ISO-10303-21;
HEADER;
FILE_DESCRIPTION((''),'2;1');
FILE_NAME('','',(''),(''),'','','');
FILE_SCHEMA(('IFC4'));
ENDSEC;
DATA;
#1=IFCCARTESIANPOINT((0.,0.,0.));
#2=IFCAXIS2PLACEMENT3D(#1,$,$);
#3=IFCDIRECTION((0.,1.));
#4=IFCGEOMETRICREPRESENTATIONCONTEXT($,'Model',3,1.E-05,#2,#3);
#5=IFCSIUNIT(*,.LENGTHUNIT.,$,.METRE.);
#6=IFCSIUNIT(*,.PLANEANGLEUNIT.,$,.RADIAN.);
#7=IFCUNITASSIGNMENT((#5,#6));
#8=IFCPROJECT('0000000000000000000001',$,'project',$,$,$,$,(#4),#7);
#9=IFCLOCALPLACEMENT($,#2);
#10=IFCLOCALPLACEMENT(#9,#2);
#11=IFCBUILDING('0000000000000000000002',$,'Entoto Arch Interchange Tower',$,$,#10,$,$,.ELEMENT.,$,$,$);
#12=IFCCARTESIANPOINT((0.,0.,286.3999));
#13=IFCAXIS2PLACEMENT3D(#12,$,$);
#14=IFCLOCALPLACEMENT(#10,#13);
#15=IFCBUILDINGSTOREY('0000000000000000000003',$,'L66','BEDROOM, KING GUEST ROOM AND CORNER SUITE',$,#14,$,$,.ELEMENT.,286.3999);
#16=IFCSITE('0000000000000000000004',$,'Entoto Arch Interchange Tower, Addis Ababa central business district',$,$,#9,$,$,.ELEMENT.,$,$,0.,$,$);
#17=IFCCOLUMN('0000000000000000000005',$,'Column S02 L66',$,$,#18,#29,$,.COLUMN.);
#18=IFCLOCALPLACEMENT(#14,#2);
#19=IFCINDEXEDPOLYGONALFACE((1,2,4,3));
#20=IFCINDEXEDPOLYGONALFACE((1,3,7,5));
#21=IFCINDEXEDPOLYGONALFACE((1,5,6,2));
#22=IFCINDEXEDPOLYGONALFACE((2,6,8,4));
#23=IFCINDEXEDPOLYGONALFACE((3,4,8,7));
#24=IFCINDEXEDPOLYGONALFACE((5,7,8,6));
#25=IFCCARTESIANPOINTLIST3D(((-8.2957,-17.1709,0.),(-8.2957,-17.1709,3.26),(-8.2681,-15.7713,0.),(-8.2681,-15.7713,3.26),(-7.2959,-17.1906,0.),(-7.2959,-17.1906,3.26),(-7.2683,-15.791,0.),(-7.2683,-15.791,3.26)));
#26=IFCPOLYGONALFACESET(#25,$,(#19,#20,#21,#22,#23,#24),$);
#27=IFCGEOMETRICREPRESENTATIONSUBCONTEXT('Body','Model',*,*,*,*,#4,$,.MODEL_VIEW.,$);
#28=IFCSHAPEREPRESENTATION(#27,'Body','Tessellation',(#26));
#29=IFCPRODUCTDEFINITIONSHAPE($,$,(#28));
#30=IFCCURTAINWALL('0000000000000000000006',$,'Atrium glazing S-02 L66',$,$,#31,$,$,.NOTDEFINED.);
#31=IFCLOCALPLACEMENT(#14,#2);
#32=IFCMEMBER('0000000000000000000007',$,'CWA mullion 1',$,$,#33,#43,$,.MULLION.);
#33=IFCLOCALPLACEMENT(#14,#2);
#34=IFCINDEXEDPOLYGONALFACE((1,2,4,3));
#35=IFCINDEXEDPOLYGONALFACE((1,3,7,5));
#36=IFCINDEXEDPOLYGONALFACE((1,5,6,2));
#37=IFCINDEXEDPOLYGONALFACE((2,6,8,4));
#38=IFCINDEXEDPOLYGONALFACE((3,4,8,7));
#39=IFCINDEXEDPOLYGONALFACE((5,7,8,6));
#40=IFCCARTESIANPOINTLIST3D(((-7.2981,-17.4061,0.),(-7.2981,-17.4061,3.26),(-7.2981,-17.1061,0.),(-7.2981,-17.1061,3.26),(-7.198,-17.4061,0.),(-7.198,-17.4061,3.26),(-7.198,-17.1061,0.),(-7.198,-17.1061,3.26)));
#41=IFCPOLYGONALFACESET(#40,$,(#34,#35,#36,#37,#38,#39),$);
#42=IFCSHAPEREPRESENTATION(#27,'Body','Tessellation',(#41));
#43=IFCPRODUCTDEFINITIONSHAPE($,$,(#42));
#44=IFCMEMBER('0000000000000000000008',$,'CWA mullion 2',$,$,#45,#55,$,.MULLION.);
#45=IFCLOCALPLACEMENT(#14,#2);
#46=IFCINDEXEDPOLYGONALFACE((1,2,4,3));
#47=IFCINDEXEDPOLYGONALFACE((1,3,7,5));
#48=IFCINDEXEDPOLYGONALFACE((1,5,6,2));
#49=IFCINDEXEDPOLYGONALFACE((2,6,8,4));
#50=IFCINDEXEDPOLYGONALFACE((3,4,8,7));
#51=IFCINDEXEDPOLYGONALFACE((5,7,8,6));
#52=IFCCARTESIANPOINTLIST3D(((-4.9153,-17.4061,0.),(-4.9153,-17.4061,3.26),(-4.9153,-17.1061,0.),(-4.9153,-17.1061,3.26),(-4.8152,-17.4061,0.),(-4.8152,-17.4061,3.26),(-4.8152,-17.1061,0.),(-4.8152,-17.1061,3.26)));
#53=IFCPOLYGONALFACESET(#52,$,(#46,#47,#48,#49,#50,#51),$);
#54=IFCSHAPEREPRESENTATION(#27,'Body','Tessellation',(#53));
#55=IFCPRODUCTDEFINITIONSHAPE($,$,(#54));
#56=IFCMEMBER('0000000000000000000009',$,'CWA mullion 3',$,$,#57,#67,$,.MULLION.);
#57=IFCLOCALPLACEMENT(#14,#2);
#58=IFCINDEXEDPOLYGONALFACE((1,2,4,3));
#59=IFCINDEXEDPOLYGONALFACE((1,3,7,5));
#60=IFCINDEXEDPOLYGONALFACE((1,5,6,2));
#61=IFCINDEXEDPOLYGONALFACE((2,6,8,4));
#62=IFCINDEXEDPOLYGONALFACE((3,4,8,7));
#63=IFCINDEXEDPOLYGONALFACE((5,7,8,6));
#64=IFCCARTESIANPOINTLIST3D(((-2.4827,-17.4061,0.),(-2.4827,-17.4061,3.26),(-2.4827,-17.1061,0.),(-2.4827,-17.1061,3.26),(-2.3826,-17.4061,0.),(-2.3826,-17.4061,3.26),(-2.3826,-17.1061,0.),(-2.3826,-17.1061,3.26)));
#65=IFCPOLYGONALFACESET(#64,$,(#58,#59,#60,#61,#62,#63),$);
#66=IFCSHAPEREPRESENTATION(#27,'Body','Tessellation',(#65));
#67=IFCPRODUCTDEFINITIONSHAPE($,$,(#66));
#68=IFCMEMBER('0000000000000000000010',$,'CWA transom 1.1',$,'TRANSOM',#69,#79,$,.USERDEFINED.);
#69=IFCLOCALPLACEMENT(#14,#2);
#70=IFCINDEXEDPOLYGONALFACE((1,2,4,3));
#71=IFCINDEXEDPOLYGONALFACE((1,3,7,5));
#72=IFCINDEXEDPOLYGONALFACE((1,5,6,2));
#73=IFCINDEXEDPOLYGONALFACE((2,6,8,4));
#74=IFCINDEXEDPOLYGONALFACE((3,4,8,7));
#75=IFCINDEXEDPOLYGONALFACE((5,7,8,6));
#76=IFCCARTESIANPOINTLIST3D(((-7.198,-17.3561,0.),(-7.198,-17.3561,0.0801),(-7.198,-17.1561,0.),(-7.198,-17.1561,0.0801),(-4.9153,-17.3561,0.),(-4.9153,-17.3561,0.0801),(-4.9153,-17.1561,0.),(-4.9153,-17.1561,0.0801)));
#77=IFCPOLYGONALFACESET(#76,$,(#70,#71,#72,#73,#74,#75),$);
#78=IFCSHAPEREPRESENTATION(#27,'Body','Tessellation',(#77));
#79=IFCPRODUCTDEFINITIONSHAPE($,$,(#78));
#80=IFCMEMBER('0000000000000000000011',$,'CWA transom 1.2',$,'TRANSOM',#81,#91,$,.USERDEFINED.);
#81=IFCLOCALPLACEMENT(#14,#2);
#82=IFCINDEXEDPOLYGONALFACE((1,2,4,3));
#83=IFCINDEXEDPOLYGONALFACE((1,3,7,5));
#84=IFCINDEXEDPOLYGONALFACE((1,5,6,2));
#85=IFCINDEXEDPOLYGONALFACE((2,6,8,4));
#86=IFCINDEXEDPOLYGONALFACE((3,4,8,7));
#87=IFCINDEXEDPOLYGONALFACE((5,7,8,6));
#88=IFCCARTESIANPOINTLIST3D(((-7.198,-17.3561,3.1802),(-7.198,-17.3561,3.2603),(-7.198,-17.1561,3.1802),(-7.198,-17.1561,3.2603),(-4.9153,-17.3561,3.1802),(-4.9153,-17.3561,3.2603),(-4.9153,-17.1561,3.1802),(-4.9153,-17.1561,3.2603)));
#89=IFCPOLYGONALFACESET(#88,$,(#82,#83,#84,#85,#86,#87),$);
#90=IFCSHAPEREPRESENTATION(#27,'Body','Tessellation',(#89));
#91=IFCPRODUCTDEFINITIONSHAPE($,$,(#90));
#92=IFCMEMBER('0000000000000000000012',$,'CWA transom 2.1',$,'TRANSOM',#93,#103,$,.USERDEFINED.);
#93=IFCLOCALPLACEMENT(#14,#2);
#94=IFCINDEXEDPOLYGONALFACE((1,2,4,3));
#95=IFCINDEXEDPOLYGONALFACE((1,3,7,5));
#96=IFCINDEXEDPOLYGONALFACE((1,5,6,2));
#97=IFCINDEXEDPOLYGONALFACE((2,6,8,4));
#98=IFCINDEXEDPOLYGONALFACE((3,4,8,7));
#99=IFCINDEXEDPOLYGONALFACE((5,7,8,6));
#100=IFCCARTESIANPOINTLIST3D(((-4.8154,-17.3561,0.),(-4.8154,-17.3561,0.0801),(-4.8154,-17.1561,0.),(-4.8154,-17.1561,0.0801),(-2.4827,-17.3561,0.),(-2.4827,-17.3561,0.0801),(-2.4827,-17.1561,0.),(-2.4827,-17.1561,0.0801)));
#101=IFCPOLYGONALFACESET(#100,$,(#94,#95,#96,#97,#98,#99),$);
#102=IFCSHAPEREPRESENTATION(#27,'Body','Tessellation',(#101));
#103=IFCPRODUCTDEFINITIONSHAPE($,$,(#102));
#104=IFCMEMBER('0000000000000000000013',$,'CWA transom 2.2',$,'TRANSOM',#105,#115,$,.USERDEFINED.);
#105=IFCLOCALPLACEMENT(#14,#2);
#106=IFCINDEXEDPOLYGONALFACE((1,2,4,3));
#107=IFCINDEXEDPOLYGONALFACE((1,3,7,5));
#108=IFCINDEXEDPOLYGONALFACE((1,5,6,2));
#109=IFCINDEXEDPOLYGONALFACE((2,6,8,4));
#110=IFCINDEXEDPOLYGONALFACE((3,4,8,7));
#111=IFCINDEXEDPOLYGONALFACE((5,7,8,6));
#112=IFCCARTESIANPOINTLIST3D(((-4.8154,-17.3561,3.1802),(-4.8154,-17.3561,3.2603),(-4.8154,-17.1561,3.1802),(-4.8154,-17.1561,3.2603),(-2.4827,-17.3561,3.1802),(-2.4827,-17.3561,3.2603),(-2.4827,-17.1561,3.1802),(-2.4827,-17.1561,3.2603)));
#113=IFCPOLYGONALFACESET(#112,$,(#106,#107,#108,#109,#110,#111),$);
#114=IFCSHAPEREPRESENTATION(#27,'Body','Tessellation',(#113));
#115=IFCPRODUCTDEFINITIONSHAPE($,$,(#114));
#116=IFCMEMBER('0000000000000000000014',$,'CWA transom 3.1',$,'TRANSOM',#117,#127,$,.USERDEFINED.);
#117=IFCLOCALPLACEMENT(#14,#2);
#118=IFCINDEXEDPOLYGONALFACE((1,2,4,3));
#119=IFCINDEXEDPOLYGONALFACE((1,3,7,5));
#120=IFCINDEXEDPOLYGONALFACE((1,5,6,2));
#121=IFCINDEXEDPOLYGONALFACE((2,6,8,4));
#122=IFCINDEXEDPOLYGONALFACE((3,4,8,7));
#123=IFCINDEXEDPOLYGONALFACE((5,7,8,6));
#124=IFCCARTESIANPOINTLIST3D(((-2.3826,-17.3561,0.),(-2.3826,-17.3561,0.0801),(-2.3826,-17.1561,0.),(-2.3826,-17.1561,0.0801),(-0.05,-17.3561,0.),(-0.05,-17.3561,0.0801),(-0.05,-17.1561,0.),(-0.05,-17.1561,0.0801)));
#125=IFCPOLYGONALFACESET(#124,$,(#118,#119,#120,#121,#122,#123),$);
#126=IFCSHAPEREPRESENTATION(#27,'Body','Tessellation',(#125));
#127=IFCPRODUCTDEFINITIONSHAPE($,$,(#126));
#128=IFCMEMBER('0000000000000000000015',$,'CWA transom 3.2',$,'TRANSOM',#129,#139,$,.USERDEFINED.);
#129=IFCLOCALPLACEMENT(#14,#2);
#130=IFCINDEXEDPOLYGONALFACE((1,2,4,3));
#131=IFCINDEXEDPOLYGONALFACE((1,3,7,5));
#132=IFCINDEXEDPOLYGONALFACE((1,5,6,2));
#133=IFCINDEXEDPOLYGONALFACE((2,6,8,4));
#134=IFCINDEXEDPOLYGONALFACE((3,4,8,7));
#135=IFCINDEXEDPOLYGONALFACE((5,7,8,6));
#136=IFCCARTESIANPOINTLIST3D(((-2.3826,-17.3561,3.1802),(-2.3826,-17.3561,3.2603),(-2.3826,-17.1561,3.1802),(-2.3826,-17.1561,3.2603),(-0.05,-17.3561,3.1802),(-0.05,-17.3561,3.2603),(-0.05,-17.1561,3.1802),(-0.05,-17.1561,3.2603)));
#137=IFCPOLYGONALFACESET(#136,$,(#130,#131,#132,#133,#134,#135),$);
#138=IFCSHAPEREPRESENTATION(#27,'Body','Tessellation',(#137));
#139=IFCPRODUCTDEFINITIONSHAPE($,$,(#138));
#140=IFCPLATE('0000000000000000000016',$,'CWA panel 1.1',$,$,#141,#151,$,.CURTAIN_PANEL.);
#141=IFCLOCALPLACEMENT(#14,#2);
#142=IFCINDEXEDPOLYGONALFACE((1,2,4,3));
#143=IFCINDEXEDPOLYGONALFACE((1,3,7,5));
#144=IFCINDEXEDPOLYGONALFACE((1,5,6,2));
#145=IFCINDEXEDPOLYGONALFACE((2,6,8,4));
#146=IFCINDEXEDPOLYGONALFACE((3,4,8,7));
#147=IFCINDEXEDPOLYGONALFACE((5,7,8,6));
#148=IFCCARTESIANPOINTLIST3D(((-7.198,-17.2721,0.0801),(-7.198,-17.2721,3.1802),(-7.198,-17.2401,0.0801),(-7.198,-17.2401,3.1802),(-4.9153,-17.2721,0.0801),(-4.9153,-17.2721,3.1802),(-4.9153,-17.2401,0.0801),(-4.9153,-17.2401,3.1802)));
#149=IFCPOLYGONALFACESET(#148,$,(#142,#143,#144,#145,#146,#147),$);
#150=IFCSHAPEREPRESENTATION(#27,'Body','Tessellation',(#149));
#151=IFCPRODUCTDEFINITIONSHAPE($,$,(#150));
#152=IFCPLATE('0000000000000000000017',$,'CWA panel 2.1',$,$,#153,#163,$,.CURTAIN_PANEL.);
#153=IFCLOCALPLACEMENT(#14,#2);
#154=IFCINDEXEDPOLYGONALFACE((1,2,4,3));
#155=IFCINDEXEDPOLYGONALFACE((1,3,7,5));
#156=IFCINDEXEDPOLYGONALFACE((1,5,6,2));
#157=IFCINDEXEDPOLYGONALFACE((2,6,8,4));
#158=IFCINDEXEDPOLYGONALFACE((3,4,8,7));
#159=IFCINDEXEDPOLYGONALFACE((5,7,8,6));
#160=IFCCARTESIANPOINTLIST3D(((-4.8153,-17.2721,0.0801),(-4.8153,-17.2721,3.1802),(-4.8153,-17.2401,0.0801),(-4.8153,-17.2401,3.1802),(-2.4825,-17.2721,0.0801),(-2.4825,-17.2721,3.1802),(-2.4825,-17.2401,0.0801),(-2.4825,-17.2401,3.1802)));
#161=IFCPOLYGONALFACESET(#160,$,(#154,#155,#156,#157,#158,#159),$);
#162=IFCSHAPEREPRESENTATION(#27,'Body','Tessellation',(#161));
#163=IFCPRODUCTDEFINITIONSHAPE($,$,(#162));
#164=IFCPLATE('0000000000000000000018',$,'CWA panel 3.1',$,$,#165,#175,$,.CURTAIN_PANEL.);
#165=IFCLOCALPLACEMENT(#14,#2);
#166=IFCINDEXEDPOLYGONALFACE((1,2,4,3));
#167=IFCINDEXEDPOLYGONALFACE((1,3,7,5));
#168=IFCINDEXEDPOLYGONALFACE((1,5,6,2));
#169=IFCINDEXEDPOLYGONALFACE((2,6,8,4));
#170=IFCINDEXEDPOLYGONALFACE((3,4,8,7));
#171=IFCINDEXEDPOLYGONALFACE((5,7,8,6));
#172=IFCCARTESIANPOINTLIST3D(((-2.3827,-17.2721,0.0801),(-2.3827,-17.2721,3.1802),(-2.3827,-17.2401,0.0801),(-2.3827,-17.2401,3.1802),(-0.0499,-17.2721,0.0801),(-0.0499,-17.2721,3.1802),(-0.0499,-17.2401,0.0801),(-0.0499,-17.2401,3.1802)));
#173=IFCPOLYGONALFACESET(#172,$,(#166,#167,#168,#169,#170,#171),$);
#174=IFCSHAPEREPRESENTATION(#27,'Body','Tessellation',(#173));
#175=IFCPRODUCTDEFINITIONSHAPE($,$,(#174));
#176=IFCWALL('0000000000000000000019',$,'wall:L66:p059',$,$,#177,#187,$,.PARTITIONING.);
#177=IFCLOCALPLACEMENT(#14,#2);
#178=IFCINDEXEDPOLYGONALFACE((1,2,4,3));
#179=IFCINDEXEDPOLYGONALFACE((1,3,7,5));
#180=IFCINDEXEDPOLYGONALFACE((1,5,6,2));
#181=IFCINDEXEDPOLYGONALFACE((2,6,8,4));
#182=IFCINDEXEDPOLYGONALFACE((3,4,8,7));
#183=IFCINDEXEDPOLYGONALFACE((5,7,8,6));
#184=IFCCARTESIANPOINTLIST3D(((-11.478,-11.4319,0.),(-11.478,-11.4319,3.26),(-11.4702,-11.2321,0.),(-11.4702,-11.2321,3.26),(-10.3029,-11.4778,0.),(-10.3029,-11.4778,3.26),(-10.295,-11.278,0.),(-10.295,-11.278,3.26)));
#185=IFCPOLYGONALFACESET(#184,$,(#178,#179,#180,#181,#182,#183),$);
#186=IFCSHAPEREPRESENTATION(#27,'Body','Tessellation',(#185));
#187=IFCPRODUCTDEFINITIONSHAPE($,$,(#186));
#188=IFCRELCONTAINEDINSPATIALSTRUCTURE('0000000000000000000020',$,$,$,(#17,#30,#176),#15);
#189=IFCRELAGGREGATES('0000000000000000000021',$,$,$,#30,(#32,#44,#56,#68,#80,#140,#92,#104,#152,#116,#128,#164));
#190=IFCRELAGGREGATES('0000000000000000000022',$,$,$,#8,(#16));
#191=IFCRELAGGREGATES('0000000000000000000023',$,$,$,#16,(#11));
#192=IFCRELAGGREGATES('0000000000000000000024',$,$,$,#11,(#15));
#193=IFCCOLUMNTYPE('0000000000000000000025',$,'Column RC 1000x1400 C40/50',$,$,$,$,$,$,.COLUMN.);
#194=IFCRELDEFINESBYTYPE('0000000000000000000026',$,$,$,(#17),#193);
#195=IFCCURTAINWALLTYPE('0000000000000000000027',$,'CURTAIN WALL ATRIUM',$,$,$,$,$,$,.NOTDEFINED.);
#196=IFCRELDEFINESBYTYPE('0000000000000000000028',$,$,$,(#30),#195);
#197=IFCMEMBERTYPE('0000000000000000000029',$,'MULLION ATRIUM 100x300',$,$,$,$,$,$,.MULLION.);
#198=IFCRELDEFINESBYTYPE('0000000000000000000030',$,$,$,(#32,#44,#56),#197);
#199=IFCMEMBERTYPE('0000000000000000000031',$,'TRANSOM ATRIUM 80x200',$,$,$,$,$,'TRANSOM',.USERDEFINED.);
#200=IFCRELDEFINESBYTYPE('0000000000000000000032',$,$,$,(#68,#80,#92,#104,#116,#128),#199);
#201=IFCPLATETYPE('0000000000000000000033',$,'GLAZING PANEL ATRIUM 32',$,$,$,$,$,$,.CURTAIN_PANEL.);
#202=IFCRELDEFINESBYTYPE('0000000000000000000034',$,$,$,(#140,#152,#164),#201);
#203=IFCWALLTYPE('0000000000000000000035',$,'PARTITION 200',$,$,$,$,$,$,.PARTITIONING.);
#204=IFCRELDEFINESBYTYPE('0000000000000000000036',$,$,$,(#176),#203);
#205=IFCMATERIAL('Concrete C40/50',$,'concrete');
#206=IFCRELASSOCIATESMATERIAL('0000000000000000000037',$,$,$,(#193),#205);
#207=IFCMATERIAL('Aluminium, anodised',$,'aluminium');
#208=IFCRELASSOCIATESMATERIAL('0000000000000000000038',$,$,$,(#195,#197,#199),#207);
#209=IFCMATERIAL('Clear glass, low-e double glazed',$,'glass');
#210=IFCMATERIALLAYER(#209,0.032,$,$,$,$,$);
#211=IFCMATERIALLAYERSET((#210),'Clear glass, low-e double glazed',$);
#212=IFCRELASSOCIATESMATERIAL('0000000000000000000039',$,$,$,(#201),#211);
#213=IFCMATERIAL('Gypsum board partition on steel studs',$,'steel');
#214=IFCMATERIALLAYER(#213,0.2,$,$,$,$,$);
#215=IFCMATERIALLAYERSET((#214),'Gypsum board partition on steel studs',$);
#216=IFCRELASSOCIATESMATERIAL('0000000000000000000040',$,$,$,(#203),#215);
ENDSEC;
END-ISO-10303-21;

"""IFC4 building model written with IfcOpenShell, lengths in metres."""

from ifc_helpers import new_model, si_unit, direction, frame, frame_2d, origin, origin_2d, place, context, subcontext, project, spatial, rectangle, extrude, material, layer, layer_set, material_profile, profile_set, type_object, element, aggregate, save


model = new_model("IFC4")

# Units and contexts
model_context = context("Model", 3, precision=1e-05, world=origin(), true_north=direction((0.0, 1.0)))
body_context = subcontext(model_context, "Body", "Model", "MODEL_VIEW")
ifc_project = project(units=[si_unit("LENGTHUNIT", "METRE"), si_unit("PLANEANGLEUNIT", "RADIAN")], contexts=[model_context])

# Site, building, storey
site_placement = place(None, origin())
site = spatial("IfcSite", under=ifc_project, at=site_placement, Name="Entoto Arch Interchange Tower, Addis Ababa central business district", CompositionType="ELEMENT", RefElevation=0.0)
building_placement = place(site_placement, origin())
building = spatial("IfcBuilding", under=site, at=building_placement, Name="Entoto Arch Interchange Tower", CompositionType="ELEMENT")
storey_placement = place(building_placement, frame((0.0, 0.0, 286.3999)))
storey = spatial("IfcBuildingStorey", under=building, at=storey_placement, Name="L66", Description="BEDROOM, KING GUEST ROOM AND CORNER SUITE", CompositionType="ELEMENT", Elevation=286.3999)

# Column
ifc_material_1 = material(Name="Concrete C40/50", Category="concrete")
ifc_material_profile_1 = material_profile(ifc_material_1, rectangle(XDim=1.0, YDim=1.3999, at=origin_2d()))
ifc_profile_set_1 = profile_set([ifc_material_profile_1], Name="Concrete C40/50")
column_type = type_object("IfcColumnType", Name="Column RC 1000x1400 C40/50", PredefinedType="COLUMN", material=ifc_profile_set_1)
column_placement = place(storey_placement, frame((-7.782, -16.481, 0.0), z_axis=(0.0, 0.0, 1.0), x_axis=(-0.999806, 0.019721, 0.0)))
element("IfcColumn", 1, at=column_placement, inside=storey, type_object=column_type, Name="Column S02 L66", PredefinedType="COLUMN", context=body_context, shape_type="SweptSolid", body=[
    extrude(rectangle(XDim=1.0, YDim=1.3999, at=origin_2d()), origin(), (0.0, 0.0, 1.0), 3.26),
])

# Curtain wall, members, plates
ifc_material_2 = material(Name="Aluminium, anodised", Category="aluminium")
curtain_wall_type = type_object("IfcCurtainWallType", Name="CURTAIN WALL ATRIUM", PredefinedType="NOTDEFINED", material=ifc_material_2)
curtain_wall_placement = place(storey_placement, origin())
curtain_wall = element("IfcCurtainWall", 2, at=curtain_wall_placement, inside=storey, type_object=curtain_wall_type, Name="Atrium glazing S-02 L66", PredefinedType="NOTDEFINED")
ifc_material_profile_2 = material_profile(ifc_material_2, rectangle(XDim=0.3, YDim=0.1001, at=origin_2d()))
ifc_profile_set_2 = profile_set([ifc_material_profile_2], Name="Aluminium, anodised")
member_type_1 = type_object("IfcMemberType", Name="MULLION ATRIUM 100x300", PredefinedType="MULLION", material=ifc_profile_set_2)
member_1_placement = place(storey_placement, frame((-7.248, -17.2561, 0.0), z_axis=(0.0, 0.0, 1.0), x_axis=(0.0, 1.0, 0.0)))
member_1 = element("IfcMember", 3, at=member_1_placement, type_object=member_type_1, Name="CWA mullion 1", PredefinedType="MULLION", context=body_context, shape_type="SweptSolid", body=[
    extrude(rectangle(XDim=0.3, YDim=0.1001, at=origin_2d()), origin(), (0.0, 0.0, 1.0), 3.26),
])
member_2_placement = place(storey_placement, frame((-4.8652, -17.2561, 0.0), z_axis=(0.0, 0.0, 1.0), x_axis=(0.0, 1.0, 0.0)))
member_2 = element("IfcMember", 4, at=member_2_placement, type_object=member_type_1, Name="CWA mullion 2", PredefinedType="MULLION", context=body_context, shape_type="SweptSolid", body=[
    extrude(rectangle(XDim=0.3, YDim=0.1001, at=origin_2d()), origin(), (0.0, 0.0, 1.0), 3.26),
])
member_3_placement = place(storey_placement, frame((-2.4326, -17.2561, 0.0), z_axis=(0.0, 0.0, 1.0), x_axis=(0.0, 1.0, 0.0)))
member_3 = element("IfcMember", 5, at=member_3_placement, type_object=member_type_1, Name="CWA mullion 3", PredefinedType="MULLION", context=body_context, shape_type="SweptSolid", body=[
    extrude(rectangle(XDim=0.3, YDim=0.1001, at=origin_2d()), origin(), (0.0, 0.0, 1.0), 3.26),
])
ifc_material_profile_3 = material_profile(ifc_material_2, rectangle(XDim=0.2, YDim=0.0801, at=origin_2d()))
ifc_profile_set_3 = profile_set([ifc_material_profile_3], Name="Aluminium, anodised")
member_type_2 = type_object("IfcMemberType", Name="TRANSOM ATRIUM 80x200", ElementType="TRANSOM", PredefinedType="USERDEFINED", material=ifc_profile_set_3)
member_4_placement = place(storey_placement, frame((-7.198, -17.2561, 0.04), z_axis=(1.0, 0.0, 0.0), x_axis=(0.0, 1.0, 0.0)))
member_4 = element("IfcMember", 6, at=member_4_placement, type_object=member_type_2, Name="CWA transom 1.1", ObjectType="TRANSOM", PredefinedType="USERDEFINED", context=body_context, shape_type="SweptSolid", body=[
    extrude(rectangle(XDim=0.2, YDim=0.0801, at=origin_2d()), origin(), (0.0, 0.0, 1.0), 2.2827),
])
member_5_placement = place(storey_placement, frame((-7.198, -17.2561, 3.2202), z_axis=(1.0, 0.0, 0.0), x_axis=(0.0, 1.0, 0.0)))
member_5 = element("IfcMember", 7, at=member_5_placement, type_object=member_type_2, Name="CWA transom 1.2", ObjectType="TRANSOM", PredefinedType="USERDEFINED", context=body_context, shape_type="SweptSolid", body=[
    extrude(rectangle(XDim=0.2, YDim=0.0801, at=origin_2d()), origin(), (0.0, 0.0, 1.0), 2.2827),
])
member_6_placement = place(storey_placement, frame((-4.8154, -17.2561, 0.04), z_axis=(1.0, 0.0, 0.0), x_axis=(0.0, 1.0, 0.0)))
member_6 = element("IfcMember", 8, at=member_6_placement, type_object=member_type_2, Name="CWA transom 2.1", ObjectType="TRANSOM", PredefinedType="USERDEFINED", context=body_context, shape_type="SweptSolid", body=[
    extrude(rectangle(XDim=0.2, YDim=0.0801, at=origin_2d()), origin(), (0.0, 0.0, 1.0), 2.3328),
])
member_7_placement = place(storey_placement, frame((-4.8154, -17.2561, 3.2202), z_axis=(1.0, 0.0, 0.0), x_axis=(0.0, 1.0, 0.0)))
member_7 = element("IfcMember", 9, at=member_7_placement, type_object=member_type_2, Name="CWA transom 2.2", ObjectType="TRANSOM", PredefinedType="USERDEFINED", context=body_context, shape_type="SweptSolid", body=[
    extrude(rectangle(XDim=0.2, YDim=0.0801, at=origin_2d()), origin(), (0.0, 0.0, 1.0), 2.3328),
])
member_8_placement = place(storey_placement, frame((-2.3826, -17.2561, 0.04), z_axis=(1.0, 0.0, 0.0), x_axis=(0.0, 1.0, 0.0)))
member_8 = element("IfcMember", 10, at=member_8_placement, type_object=member_type_2, Name="CWA transom 3.1", ObjectType="TRANSOM", PredefinedType="USERDEFINED", context=body_context, shape_type="SweptSolid", body=[
    extrude(rectangle(XDim=0.2, YDim=0.0801, at=origin_2d()), origin(), (0.0, 0.0, 1.0), 2.3325),
])
member_9_placement = place(storey_placement, frame((-2.3826, -17.2561, 3.2202), z_axis=(1.0, 0.0, 0.0), x_axis=(0.0, 1.0, 0.0)))
member_9 = element("IfcMember", 11, at=member_9_placement, type_object=member_type_2, Name="CWA transom 3.2", ObjectType="TRANSOM", PredefinedType="USERDEFINED", context=body_context, shape_type="SweptSolid", body=[
    extrude(rectangle(XDim=0.2, YDim=0.0801, at=origin_2d()), origin(), (0.0, 0.0, 1.0), 2.3325),
])
ifc_material_3 = material(Name="Clear glass, low-e double glazed", Category="glass")
ifc_layer_1 = layer(ifc_material_3, 0.032)
ifc_layer_set_1 = layer_set([ifc_layer_1], Name="Clear glass, low-e double glazed")
plate_type = type_object("IfcPlateType", Name="GLAZING PANEL ATRIUM 32", PredefinedType="CURTAIN_PANEL", material=ifc_layer_set_1)
plate_1_placement = place(storey_placement, frame((-6.0566, -17.2561, 0.0801), z_axis=(0.0, 0.0, 1.0), x_axis=(1.0, 0.0, 0.0)))
plate_1 = element("IfcPlate", 12, at=plate_1_placement, type_object=plate_type, Name="CWA panel 1.1", PredefinedType="CURTAIN_PANEL", context=body_context, shape_type="SweptSolid", body=[
    extrude(rectangle(XDim=2.2827, YDim=0.032, at=origin_2d()), origin(), (0.0, 0.0, 1.0), 3.1001),
])
plate_2_placement = place(storey_placement, frame((-3.6489, -17.2561, 0.0801), z_axis=(0.0, 0.0, 1.0), x_axis=(1.0, 0.0, 0.0)))
plate_2 = element("IfcPlate", 13, at=plate_2_placement, type_object=plate_type, Name="CWA panel 2.1", PredefinedType="CURTAIN_PANEL", context=body_context, shape_type="SweptSolid", body=[
    extrude(rectangle(XDim=2.3328, YDim=0.032, at=origin_2d()), origin(), (0.0, 0.0, 1.0), 3.1001),
])
plate_3_placement = place(storey_placement, frame((-1.2163, -17.2561, 0.0801), z_axis=(0.0, 0.0, 1.0), x_axis=(1.0, 0.0, 0.0)))
plate_3 = element("IfcPlate", 14, at=plate_3_placement, type_object=plate_type, Name="CWA panel 3.1", PredefinedType="CURTAIN_PANEL", context=body_context, shape_type="SweptSolid", body=[
    extrude(rectangle(XDim=2.3328, YDim=0.032, at=origin_2d()), origin(), (0.0, 0.0, 1.0), 3.1001),
])
aggregate(curtain_wall, [member_1, member_2, member_3, member_4, member_5, plate_1, member_6, member_7, plate_2, member_8, member_9, plate_3])

# Wall
ifc_material_4 = material(Name="Gypsum board partition on steel studs", Category="steel")
ifc_layer_2 = layer(ifc_material_4, 0.2)
ifc_layer_set_2 = layer_set([ifc_layer_2], Name="Gypsum board partition on steel studs")
wall_type_1 = type_object("IfcWallType", Name="PARTITION 200", PredefinedType="PARTITIONING", material=ifc_layer_set_2)
wall_1_placement = place(storey_placement, frame((-10.2991, -11.3779, 0.0), z_axis=(0.0, 0.0, 1.0), x_axis=(-0.999238, 0.039031, 0.0)))
element("IfcWall", 15, at=wall_1_placement, inside=storey, type_object=wall_type_1, Name="wall:L66:p059", PredefinedType="PARTITIONING", context=body_context, shape_type="SweptSolid", body=[
    extrude(rectangle(XDim=1.176, YDim=0.2, at=frame_2d((0.5879, 0.0))), origin(), (0.0, 0.0, 1.0), 3.26),
])

save(model, "model.ifc")
